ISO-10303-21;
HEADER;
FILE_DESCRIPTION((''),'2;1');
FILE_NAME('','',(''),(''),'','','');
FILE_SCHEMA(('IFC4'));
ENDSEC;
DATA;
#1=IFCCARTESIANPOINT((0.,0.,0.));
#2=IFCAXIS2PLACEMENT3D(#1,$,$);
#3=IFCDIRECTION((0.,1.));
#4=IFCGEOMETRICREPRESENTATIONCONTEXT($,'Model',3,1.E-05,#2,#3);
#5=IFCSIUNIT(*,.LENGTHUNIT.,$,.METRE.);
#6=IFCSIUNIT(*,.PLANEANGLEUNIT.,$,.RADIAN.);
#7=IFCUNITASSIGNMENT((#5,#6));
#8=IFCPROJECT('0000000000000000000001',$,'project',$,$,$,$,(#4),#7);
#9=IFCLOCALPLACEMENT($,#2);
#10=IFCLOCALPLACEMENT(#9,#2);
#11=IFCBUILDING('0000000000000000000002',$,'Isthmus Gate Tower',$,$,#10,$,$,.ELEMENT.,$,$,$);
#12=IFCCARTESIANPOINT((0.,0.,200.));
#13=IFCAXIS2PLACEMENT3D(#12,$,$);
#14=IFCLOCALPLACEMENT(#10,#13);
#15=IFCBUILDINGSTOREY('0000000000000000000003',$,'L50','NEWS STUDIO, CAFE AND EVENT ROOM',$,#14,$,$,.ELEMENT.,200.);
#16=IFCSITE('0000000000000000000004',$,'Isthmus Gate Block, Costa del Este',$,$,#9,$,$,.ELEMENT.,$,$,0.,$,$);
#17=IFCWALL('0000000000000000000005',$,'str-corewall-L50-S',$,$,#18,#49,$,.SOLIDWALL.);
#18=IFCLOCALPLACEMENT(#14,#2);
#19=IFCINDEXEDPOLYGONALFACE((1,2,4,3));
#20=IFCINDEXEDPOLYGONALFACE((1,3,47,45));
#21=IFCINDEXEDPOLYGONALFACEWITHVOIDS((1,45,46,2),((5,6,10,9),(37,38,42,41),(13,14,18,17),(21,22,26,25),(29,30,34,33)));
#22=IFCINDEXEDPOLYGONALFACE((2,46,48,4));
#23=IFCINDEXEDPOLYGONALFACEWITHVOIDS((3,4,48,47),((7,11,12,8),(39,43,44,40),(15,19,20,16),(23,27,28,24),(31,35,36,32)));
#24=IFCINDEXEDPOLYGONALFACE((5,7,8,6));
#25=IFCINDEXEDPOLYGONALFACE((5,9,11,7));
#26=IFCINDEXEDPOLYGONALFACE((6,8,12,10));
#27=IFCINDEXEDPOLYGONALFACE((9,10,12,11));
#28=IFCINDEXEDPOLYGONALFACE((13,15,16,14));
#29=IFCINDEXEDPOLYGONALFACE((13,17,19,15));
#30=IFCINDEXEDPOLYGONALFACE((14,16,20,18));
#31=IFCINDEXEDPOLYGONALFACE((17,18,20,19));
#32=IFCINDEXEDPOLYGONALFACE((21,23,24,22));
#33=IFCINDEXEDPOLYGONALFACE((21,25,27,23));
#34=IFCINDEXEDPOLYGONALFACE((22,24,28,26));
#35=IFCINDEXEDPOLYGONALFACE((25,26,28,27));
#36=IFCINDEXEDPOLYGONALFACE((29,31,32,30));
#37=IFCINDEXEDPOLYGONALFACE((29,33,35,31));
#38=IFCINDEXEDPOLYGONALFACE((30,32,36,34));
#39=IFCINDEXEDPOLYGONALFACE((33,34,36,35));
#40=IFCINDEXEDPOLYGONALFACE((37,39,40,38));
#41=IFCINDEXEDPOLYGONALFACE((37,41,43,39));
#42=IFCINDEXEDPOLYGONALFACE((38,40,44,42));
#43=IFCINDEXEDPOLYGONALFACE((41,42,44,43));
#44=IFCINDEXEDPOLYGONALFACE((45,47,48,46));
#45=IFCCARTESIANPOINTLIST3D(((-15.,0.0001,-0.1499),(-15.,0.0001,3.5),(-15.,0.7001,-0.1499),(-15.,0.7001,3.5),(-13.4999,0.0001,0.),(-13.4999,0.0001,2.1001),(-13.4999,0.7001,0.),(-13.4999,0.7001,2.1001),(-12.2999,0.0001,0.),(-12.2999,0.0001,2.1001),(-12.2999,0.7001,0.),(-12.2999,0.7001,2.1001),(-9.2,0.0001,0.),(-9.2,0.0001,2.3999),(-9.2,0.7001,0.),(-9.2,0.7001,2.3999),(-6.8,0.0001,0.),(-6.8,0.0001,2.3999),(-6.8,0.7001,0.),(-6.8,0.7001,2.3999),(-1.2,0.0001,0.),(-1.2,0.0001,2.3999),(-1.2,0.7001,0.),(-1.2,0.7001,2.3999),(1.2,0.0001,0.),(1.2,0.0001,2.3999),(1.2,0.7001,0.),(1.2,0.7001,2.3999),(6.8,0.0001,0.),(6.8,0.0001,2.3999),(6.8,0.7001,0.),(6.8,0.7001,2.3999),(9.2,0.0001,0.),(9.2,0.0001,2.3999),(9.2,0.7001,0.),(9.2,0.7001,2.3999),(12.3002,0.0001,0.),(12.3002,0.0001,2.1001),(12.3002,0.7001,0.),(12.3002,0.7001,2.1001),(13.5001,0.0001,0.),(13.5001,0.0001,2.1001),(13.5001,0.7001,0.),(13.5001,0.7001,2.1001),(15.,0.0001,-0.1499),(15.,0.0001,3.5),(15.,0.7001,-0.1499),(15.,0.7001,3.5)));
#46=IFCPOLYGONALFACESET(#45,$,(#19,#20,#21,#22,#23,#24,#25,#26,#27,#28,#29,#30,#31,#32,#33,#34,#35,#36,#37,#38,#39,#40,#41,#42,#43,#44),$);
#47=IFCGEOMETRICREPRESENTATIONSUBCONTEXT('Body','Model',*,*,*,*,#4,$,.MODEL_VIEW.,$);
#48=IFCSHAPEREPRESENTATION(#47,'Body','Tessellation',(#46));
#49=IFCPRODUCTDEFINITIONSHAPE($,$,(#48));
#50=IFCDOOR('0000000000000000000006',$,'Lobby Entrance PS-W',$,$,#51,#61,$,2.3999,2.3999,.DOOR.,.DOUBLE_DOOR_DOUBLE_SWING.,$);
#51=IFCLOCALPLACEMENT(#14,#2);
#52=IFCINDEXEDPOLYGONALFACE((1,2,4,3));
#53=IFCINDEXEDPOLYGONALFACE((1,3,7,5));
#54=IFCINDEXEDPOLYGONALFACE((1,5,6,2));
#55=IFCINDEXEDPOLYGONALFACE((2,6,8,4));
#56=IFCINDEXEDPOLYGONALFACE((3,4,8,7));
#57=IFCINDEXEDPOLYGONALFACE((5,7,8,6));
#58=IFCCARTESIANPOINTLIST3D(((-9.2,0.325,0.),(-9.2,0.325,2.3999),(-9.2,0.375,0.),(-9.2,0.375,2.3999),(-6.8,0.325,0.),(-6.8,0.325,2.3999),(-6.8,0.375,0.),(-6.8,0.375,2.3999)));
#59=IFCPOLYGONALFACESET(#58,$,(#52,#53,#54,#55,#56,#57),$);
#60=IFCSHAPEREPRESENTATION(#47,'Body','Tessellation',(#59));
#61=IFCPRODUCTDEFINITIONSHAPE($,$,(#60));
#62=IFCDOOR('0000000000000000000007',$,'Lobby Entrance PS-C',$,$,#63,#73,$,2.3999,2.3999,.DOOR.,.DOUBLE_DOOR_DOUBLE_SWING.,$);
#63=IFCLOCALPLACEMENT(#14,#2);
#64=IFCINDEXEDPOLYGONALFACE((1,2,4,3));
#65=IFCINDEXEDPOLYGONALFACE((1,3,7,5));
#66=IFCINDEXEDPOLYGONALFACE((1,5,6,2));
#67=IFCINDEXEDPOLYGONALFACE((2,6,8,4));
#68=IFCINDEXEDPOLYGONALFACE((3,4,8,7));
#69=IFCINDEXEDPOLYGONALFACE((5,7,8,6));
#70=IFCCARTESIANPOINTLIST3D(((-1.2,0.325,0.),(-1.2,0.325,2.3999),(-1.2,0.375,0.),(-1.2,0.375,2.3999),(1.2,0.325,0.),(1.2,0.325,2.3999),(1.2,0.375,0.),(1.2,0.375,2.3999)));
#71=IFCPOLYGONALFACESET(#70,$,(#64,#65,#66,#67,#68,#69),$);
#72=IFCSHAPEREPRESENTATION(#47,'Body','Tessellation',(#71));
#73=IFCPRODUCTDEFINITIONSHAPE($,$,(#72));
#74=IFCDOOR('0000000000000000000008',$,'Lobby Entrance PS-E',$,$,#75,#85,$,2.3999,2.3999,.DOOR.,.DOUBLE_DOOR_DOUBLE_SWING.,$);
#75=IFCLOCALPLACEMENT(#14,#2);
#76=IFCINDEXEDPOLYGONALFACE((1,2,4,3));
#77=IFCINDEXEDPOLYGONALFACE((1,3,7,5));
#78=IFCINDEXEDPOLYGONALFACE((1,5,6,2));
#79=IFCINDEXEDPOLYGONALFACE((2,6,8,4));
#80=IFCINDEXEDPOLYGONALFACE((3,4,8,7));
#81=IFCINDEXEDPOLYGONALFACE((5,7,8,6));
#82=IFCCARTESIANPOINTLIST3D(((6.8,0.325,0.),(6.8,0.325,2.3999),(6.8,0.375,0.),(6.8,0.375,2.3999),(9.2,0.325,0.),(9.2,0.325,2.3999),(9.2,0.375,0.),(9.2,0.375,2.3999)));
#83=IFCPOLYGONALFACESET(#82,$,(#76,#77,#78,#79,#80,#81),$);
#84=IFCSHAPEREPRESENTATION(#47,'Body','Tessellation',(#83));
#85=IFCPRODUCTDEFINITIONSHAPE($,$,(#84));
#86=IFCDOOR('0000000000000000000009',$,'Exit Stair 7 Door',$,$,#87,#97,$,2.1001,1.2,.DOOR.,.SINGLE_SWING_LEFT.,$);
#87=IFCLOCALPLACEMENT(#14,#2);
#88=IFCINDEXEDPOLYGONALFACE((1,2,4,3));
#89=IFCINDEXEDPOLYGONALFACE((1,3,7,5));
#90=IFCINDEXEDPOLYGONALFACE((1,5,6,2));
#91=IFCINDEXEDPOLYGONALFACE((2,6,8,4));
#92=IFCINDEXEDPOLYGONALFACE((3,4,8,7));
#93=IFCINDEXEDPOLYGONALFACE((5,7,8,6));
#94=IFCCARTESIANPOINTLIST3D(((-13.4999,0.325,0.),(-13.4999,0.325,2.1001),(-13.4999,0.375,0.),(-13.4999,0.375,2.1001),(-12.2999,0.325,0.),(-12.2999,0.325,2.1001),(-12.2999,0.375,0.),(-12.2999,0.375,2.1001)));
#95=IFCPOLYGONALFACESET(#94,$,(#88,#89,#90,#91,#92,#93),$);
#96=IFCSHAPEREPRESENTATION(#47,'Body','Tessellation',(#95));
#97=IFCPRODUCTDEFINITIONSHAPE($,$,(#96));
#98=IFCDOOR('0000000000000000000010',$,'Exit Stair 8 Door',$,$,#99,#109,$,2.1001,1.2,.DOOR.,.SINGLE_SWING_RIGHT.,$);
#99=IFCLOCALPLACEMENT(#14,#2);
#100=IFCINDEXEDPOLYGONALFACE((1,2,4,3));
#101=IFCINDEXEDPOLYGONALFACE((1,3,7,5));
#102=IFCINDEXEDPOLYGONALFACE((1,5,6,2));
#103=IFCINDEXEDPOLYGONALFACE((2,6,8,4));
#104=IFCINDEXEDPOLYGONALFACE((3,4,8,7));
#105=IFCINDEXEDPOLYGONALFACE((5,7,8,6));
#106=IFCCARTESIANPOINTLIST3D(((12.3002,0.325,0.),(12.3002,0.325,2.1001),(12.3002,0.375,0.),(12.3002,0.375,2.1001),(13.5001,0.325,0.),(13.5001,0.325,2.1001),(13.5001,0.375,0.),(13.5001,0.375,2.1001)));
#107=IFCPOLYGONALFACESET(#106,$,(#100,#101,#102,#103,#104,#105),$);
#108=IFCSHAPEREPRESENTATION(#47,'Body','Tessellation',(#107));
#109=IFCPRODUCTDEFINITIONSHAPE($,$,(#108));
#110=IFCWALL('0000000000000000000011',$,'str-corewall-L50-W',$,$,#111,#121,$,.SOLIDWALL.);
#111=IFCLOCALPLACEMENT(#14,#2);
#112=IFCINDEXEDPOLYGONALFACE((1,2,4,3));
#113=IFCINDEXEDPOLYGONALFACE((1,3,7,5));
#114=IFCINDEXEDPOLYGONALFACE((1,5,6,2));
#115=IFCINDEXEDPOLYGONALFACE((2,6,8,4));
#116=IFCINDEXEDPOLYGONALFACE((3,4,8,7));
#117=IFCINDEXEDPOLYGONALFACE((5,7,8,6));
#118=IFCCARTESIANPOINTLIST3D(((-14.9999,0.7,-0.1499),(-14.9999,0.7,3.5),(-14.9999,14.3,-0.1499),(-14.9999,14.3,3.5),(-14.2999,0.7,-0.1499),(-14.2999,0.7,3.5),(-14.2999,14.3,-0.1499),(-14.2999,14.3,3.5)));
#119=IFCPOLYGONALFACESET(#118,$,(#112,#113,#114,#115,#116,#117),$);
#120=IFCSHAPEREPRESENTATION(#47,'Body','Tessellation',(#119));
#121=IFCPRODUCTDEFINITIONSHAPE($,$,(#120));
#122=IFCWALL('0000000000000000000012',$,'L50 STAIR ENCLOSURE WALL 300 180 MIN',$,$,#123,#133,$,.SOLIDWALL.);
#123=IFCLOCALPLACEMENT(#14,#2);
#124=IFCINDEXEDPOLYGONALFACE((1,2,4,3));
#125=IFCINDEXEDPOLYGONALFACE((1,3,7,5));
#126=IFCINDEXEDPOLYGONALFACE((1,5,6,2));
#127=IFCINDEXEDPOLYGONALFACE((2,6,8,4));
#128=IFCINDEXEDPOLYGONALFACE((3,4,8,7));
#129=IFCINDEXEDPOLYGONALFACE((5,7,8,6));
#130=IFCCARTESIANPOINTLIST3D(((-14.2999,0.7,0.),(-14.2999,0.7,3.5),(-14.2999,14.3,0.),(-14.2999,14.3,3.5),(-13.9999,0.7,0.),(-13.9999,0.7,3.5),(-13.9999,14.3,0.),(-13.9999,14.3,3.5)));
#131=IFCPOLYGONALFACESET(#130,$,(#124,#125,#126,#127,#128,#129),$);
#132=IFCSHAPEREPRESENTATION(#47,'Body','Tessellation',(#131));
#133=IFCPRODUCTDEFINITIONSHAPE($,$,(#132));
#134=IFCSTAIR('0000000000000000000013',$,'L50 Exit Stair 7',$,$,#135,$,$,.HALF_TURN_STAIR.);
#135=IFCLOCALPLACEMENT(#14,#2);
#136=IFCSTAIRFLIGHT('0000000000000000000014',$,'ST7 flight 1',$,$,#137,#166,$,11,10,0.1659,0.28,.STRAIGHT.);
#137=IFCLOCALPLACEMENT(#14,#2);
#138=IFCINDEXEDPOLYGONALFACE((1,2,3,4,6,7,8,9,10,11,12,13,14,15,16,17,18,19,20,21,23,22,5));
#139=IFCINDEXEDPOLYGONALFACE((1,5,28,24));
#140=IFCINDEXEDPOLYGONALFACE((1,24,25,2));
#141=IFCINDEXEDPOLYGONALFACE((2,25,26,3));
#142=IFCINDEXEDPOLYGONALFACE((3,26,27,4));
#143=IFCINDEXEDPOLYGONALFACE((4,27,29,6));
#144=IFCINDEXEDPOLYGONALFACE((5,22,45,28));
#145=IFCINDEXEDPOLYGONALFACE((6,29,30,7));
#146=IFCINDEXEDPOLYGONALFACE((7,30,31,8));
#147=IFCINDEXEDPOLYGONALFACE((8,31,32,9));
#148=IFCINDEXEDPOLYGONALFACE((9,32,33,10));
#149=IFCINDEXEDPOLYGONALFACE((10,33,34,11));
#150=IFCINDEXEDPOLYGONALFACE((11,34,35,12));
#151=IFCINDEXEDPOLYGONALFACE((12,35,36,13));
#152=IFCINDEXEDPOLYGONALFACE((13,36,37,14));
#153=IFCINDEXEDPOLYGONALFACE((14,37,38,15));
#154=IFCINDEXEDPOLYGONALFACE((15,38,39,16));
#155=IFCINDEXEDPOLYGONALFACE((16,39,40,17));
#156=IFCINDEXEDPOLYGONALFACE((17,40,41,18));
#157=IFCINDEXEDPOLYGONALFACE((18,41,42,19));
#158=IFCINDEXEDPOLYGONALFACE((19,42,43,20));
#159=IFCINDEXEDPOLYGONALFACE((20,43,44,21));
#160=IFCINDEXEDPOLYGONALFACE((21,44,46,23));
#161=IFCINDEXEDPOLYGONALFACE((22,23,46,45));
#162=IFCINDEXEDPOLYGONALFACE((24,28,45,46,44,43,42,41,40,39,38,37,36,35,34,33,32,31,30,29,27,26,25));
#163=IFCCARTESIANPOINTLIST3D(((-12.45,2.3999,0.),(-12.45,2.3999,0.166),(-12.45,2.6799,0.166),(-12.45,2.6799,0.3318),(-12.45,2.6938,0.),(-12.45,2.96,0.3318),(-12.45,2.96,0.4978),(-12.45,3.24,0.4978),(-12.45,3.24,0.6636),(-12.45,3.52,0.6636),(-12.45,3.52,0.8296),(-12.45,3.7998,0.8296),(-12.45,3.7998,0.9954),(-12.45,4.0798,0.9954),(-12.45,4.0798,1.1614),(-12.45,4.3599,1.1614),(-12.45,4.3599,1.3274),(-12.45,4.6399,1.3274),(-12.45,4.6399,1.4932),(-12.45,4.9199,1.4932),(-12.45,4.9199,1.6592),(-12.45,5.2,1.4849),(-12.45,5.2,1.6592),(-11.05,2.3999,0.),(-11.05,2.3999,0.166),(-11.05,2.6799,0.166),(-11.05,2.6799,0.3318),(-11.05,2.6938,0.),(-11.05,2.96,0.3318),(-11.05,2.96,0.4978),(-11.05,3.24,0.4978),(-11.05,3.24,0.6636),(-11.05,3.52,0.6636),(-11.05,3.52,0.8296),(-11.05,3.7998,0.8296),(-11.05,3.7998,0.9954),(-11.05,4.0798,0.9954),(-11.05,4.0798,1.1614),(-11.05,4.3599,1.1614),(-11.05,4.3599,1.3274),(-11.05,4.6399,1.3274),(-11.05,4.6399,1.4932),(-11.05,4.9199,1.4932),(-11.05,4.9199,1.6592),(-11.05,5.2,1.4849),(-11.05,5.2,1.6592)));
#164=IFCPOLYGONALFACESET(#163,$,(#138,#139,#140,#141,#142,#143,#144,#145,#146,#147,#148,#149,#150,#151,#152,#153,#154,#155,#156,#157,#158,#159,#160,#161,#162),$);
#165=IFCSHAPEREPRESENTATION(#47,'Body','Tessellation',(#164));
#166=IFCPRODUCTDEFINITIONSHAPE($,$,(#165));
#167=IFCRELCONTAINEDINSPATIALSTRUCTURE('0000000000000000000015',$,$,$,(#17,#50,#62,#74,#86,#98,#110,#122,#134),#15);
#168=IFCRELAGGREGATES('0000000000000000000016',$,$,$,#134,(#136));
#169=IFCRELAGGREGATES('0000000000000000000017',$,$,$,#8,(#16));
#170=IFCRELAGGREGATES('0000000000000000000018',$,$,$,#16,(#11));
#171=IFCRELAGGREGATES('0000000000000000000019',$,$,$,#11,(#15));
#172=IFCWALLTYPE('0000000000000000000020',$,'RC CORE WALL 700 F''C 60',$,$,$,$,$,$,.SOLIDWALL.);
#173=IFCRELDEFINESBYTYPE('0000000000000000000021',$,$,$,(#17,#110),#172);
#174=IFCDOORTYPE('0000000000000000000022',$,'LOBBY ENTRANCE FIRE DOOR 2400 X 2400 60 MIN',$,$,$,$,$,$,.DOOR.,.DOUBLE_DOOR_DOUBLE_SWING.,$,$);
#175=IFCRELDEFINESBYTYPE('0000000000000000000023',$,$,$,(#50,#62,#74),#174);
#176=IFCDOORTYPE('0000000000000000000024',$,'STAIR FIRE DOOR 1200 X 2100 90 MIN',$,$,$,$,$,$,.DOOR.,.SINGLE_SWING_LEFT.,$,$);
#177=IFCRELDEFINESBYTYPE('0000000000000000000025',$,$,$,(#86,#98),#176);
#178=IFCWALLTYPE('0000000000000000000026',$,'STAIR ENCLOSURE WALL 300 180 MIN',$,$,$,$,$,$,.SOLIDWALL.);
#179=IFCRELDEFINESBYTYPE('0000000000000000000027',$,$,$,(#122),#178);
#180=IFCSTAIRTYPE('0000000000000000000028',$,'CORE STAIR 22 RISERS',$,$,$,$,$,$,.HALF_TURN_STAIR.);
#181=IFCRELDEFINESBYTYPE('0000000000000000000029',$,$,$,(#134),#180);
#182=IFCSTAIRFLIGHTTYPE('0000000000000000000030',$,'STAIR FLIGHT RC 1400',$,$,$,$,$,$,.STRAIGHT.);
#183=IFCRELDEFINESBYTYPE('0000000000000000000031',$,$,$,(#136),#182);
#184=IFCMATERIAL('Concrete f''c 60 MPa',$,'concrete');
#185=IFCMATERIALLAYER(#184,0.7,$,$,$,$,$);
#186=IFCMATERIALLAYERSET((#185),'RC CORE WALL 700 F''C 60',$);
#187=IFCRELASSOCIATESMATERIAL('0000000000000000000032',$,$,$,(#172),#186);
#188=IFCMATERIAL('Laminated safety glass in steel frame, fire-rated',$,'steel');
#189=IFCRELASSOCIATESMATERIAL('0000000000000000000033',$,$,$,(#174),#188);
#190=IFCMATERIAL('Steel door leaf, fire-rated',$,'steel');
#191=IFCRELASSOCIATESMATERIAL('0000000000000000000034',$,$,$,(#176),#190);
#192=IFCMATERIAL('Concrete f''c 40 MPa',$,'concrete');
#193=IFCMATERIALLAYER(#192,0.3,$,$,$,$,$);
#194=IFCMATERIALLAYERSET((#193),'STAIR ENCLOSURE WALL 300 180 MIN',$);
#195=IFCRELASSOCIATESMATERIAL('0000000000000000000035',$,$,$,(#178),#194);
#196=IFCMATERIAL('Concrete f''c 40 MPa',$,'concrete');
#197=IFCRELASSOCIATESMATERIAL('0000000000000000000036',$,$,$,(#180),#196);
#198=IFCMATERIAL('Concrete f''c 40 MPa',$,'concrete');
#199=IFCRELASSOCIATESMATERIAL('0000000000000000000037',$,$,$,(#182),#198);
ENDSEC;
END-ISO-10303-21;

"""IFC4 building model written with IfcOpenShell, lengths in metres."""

from ifc_helpers import new_model, si_unit, direction, frame, frame_2d, origin, place, context, subcontext, project, spatial, polyline, rectangle, outline, extrude, material, layer, layer_set, type_object, element, fill, aggregate, save


model = new_model("IFC4")

# Units and contexts
model_context = context("Model", 3, precision=1e-05, world=origin(), true_north=direction((0.0, 1.0)))
body_context = subcontext(model_context, "Body", "Model", "MODEL_VIEW")
ifc_project = project(units=[si_unit("LENGTHUNIT", "METRE"), si_unit("PLANEANGLEUNIT", "RADIAN")], contexts=[model_context])

# Site, building, storey
site_placement = place(None, origin())
site = spatial("IfcSite", under=ifc_project, at=site_placement, Name="Isthmus Gate Block, Costa del Este", CompositionType="ELEMENT", RefElevation=0.0)
building_placement = place(site_placement, origin())
building = spatial("IfcBuilding", under=site, at=building_placement, Name="Isthmus Gate Tower", CompositionType="ELEMENT")
storey_placement = place(building_placement, frame((0.0, 0.0, 200.0)))
storey = spatial("IfcBuildingStorey", under=building, at=storey_placement, Name="L50", Description="NEWS STUDIO, CAFE AND EVENT ROOM", CompositionType="ELEMENT", Elevation=200.0)

# Wall, openings, doors
ifc_material_1 = material(Name="Concrete f'c 60 MPa", Category="concrete")
ifc_layer_1 = layer(ifc_material_1, 0.7)
ifc_layer_set_1 = layer_set([ifc_layer_1], Name="RC CORE WALL 700 F'C 60")
wall_type_1 = type_object("IfcWallType", Name="RC CORE WALL 700 F'C 60", PredefinedType="SOLIDWALL", material=ifc_layer_set_1)
wall_1_placement = place(storey_placement, frame((-15.0, 0.3501, -0.1499), z_axis=(0.0, 0.0, 1.0), x_axis=(1.0, 0.0, 0.0)))
wall_1 = element("IfcWall", 1, at=wall_1_placement, inside=storey, type_object=wall_type_1, Name="str-corewall-L50-S", PredefinedType="SOLIDWALL", context=body_context, shape_type="SweptSolid", body=[
    extrude(rectangle(XDim=30.0, YDim=0.7, at=frame_2d((15.0, 0.0))), origin(), (0.0, 0.0, 1.0), 3.6499),
])
opening_1_placement = place(wall_1_placement, frame((5.8, 0.0, 0.1499)))
opening_1 = element("IfcOpeningElement", 2, at=opening_1_placement, cuts=wall_1, PredefinedType="OPENING", context=body_context, shape_type="SweptSolid", body=[
    extrude(rectangle(XDim=2.3999, YDim=2.3999, at=frame_2d((1.2, 1.2))), frame((0.0, 0.3599, 0.0), z_axis=(0.0, -1.0, 0.0), x_axis=(1.0, 0.0, 0.0)), (0.0, 0.0, 1.0), 0.72),
])
opening_2_placement = place(wall_1_placement, frame((13.8, 0.0, 0.1499)))
opening_2 = element("IfcOpeningElement", 3, at=opening_2_placement, cuts=wall_1, PredefinedType="OPENING", context=body_context, shape_type="SweptSolid", body=[
    extrude(rectangle(XDim=2.3999, YDim=2.3999, at=frame_2d((1.2, 1.2))), frame((0.0, 0.3599, 0.0), z_axis=(0.0, -1.0, 0.0), x_axis=(1.0, 0.0, 0.0)), (0.0, 0.0, 1.0), 0.72),
])
opening_3_placement = place(wall_1_placement, frame((21.8, 0.0, 0.1499)))
opening_3 = element("IfcOpeningElement", 4, at=opening_3_placement, cuts=wall_1, PredefinedType="OPENING", context=body_context, shape_type="SweptSolid", body=[
    extrude(rectangle(XDim=2.3999, YDim=2.3999, at=frame_2d((1.2, 1.2))), frame((0.0, 0.3599, 0.0), z_axis=(0.0, -1.0, 0.0), x_axis=(1.0, 0.0, 0.0)), (0.0, 0.0, 1.0), 0.72),
])
opening_4_placement = place(wall_1_placement, frame((1.5, 0.0, 0.1499)))
opening_4 = element("IfcOpeningElement", 5, at=opening_4_placement, cuts=wall_1, PredefinedType="OPENING", context=body_context, shape_type="SweptSolid", body=[
    extrude(rectangle(XDim=1.2, YDim=2.1001, at=frame_2d((0.6001, 1.05))), frame((0.0, 0.3599, 0.0), z_axis=(0.0, -1.0, 0.0), x_axis=(1.0, 0.0, 0.0)), (0.0, 0.0, 1.0), 0.72),
])
opening_5_placement = place(wall_1_placement, frame((27.3, 0.0, 0.1499)))
opening_5 = element("IfcOpeningElement", 6, at=opening_5_placement, cuts=wall_1, PredefinedType="OPENING", context=body_context, shape_type="SweptSolid", body=[
    extrude(rectangle(XDim=1.2, YDim=2.1001, at=frame_2d((0.6001, 1.05))), frame((0.0, 0.3599, 0.0), z_axis=(0.0, -1.0, 0.0), x_axis=(1.0, 0.0, 0.0)), (0.0, 0.0, 1.0), 0.72),
])
ifc_material_2 = material(Name="Laminated safety glass in steel frame, fire-rated", Category="steel")
door_type_1 = type_object("IfcDoorType", Name="LOBBY ENTRANCE FIRE DOOR 2400 X 2400 60 MIN", OperationType="DOUBLE_DOOR_DOUBLE_SWING", PredefinedType="DOOR", material=ifc_material_2)
door_1_placement = place(opening_1_placement, origin())
door_1 = element("IfcDoor", 7, at=door_1_placement, inside=storey, type_object=door_type_1, Name="Lobby Entrance PS-W", OperationType="DOUBLE_DOOR_DOUBLE_SWING", OverallHeight=2.3999, OverallWidth=2.3999, PredefinedType="DOOR", context=body_context, shape_type="SweptSolid", body=[
    extrude(rectangle(XDim=2.3999, YDim=2.3999, at=frame_2d((1.2, 1.2))), frame((0.0, 0.0249, 0.0), z_axis=(0.0, -1.0, 0.0), x_axis=(1.0, 0.0, 0.0)), (0.0, 0.0, 1.0), 0.05),
])
fill(opening_1, door_1)
door_2_placement = place(opening_2_placement, origin())
door_2 = element("IfcDoor", 8, at=door_2_placement, inside=storey, type_object=door_type_1, Name="Lobby Entrance PS-C", OperationType="DOUBLE_DOOR_DOUBLE_SWING", OverallHeight=2.3999, OverallWidth=2.3999, PredefinedType="DOOR", context=body_context, shape_type="SweptSolid", body=[
    extrude(rectangle(XDim=2.3999, YDim=2.3999, at=frame_2d((1.2, 1.2))), frame((0.0, 0.0249, 0.0), z_axis=(0.0, -1.0, 0.0), x_axis=(1.0, 0.0, 0.0)), (0.0, 0.0, 1.0), 0.05),
])
fill(opening_2, door_2)
door_3_placement = place(opening_3_placement, origin())
door_3 = element("IfcDoor", 9, at=door_3_placement, inside=storey, type_object=door_type_1, Name="Lobby Entrance PS-E", OperationType="DOUBLE_DOOR_DOUBLE_SWING", OverallHeight=2.3999, OverallWidth=2.3999, PredefinedType="DOOR", context=body_context, shape_type="SweptSolid", body=[
    extrude(rectangle(XDim=2.3999, YDim=2.3999, at=frame_2d((1.2, 1.2))), frame((0.0, 0.0249, 0.0), z_axis=(0.0, -1.0, 0.0), x_axis=(1.0, 0.0, 0.0)), (0.0, 0.0, 1.0), 0.05),
])
fill(opening_3, door_3)
ifc_material_3 = material(Name="Steel door leaf, fire-rated", Category="steel")
door_type_2 = type_object("IfcDoorType", Name="STAIR FIRE DOOR 1200 X 2100 90 MIN", OperationType="SINGLE_SWING_LEFT", PredefinedType="DOOR", material=ifc_material_3)
door_4_placement = place(opening_4_placement, origin())
door_4 = element("IfcDoor", 10, at=door_4_placement, inside=storey, type_object=door_type_2, Name="Exit Stair 7 Door", OperationType="SINGLE_SWING_LEFT", OverallHeight=2.1001, OverallWidth=1.2, PredefinedType="DOOR", context=body_context, shape_type="SweptSolid", body=[
    extrude(rectangle(XDim=1.2, YDim=2.1001, at=frame_2d((0.6001, 1.05))), frame((0.0, 0.0249, 0.0), z_axis=(0.0, -1.0, 0.0), x_axis=(1.0, 0.0, 0.0)), (0.0, 0.0, 1.0), 0.05),
])
fill(opening_4, door_4)
door_5_placement = place(opening_5_placement, origin())
door_5 = element("IfcDoor", 11, at=door_5_placement, inside=storey, type_object=door_type_2, Name="Exit Stair 8 Door", OperationType="SINGLE_SWING_RIGHT", OverallHeight=2.1001, OverallWidth=1.2, PredefinedType="DOOR", context=body_context, shape_type="SweptSolid", body=[
    extrude(rectangle(XDim=1.2, YDim=2.1001, at=frame_2d((0.6001, 1.05))), frame((0.0, 0.0249, 0.0), z_axis=(0.0, -1.0, 0.0), x_axis=(1.0, 0.0, 0.0)), (0.0, 0.0, 1.0), 0.05),
])
fill(opening_5, door_5)

# Walls
wall_2_placement = place(storey_placement, frame((-14.6499, 0.7, -0.1499), z_axis=(0.0, 0.0, 1.0), x_axis=(0.0, 1.0, 0.0)))
element("IfcWall", 12, at=wall_2_placement, inside=storey, type_object=wall_type_1, Name="str-corewall-L50-W", PredefinedType="SOLIDWALL", context=body_context, shape_type="SweptSolid", body=[
    extrude(rectangle(XDim=13.6001, YDim=0.7, at=frame_2d((6.8, 0.0))), origin(), (0.0, 0.0, 1.0), 3.6499),
])
ifc_material_4 = material(Name="Concrete f'c 40 MPa", Category="concrete")
ifc_layer_2 = layer(ifc_material_4, 0.3)
ifc_layer_set_2 = layer_set([ifc_layer_2], Name="STAIR ENCLOSURE WALL 300 180 MIN")
wall_type_2 = type_object("IfcWallType", Name="STAIR ENCLOSURE WALL 300 180 MIN", PredefinedType="SOLIDWALL", material=ifc_layer_set_2)
wall_3_placement = place(storey_placement, frame((-14.1499, 0.7, 0.0), z_axis=(0.0, 0.0, 1.0), x_axis=(0.0, 1.0, 0.0)))
element("IfcWall", 13, at=wall_3_placement, inside=storey, type_object=wall_type_2, Name="L50 STAIR ENCLOSURE WALL 300 180 MIN", PredefinedType="SOLIDWALL", context=body_context, shape_type="SweptSolid", body=[
    extrude(rectangle(XDim=13.6001, YDim=0.3, at=frame_2d((6.8, 0.0))), origin(), (0.0, 0.0, 1.0), 3.5),
])

# Stair, stair flight
ifc_material_5 = material(Name="Concrete f'c 40 MPa", Category="concrete")
stair_type = type_object("IfcStairType", Name="CORE STAIR 22 RISERS", PredefinedType="HALF_TURN_STAIR", material=ifc_material_5)
stair_placement = place(storey_placement, origin())
stair = element("IfcStair", 14, at=stair_placement, inside=storey, type_object=stair_type, Name="L50 Exit Stair 7", PredefinedType="HALF_TURN_STAIR")
ifc_material_6 = material(Name="Concrete f'c 40 MPa", Category="concrete")
stair_flight_type = type_object("IfcStairFlightType", Name="STAIR FLIGHT RC 1400", PredefinedType="STRAIGHT", material=ifc_material_6)
stair_flight_placement = place(storey_placement, frame((-11.75, 2.3999, 0.0), z_axis=(0.0, 0.0, 1.0), x_axis=(0.0, 1.0, 0.0)))
stair_flight = element("IfcStairFlight", 15, at=stair_flight_placement, type_object=stair_flight_type, Name="ST7 flight 1", NumberOfRisers=11, NumberOfTreads=10, PredefinedType="STRAIGHT", RiserHeight=0.1659, TreadLength=0.28, context=body_context, shape_type="SweptSolid", body=[
    extrude(outline(polyline([(0.0, 0.0), (0.0, 0.166), (0.28, 0.166), (0.28, 0.3318), (0.5601, 0.3318), (0.5601, 0.4978), (0.8401, 0.4978), (0.8401, 0.6636), (1.1201, 0.6636), (1.1201, 0.8296), (1.3999, 0.8296), (1.3999, 0.9954), (1.6799, 0.9954), (1.6799, 1.1614), (1.96, 1.1614), (1.96, 1.3274), (2.24, 1.3274), (2.24, 1.4932), (2.52, 1.4932), (2.52, 1.6592), (2.8, 1.6592), (2.8, 1.825), (2.8, 1.4849), (0.2939, 0.0), (0.0, 0.0)])), frame((0.0, 0.7, 0.0), z_axis=(0.0, -1.0, 0.0), x_axis=(1.0, 0.0, 0.0)), (0.0, 0.0, 1.0), 1.3999),
])
aggregate(stair, [stair_flight])

save(model, "model.ifc")
